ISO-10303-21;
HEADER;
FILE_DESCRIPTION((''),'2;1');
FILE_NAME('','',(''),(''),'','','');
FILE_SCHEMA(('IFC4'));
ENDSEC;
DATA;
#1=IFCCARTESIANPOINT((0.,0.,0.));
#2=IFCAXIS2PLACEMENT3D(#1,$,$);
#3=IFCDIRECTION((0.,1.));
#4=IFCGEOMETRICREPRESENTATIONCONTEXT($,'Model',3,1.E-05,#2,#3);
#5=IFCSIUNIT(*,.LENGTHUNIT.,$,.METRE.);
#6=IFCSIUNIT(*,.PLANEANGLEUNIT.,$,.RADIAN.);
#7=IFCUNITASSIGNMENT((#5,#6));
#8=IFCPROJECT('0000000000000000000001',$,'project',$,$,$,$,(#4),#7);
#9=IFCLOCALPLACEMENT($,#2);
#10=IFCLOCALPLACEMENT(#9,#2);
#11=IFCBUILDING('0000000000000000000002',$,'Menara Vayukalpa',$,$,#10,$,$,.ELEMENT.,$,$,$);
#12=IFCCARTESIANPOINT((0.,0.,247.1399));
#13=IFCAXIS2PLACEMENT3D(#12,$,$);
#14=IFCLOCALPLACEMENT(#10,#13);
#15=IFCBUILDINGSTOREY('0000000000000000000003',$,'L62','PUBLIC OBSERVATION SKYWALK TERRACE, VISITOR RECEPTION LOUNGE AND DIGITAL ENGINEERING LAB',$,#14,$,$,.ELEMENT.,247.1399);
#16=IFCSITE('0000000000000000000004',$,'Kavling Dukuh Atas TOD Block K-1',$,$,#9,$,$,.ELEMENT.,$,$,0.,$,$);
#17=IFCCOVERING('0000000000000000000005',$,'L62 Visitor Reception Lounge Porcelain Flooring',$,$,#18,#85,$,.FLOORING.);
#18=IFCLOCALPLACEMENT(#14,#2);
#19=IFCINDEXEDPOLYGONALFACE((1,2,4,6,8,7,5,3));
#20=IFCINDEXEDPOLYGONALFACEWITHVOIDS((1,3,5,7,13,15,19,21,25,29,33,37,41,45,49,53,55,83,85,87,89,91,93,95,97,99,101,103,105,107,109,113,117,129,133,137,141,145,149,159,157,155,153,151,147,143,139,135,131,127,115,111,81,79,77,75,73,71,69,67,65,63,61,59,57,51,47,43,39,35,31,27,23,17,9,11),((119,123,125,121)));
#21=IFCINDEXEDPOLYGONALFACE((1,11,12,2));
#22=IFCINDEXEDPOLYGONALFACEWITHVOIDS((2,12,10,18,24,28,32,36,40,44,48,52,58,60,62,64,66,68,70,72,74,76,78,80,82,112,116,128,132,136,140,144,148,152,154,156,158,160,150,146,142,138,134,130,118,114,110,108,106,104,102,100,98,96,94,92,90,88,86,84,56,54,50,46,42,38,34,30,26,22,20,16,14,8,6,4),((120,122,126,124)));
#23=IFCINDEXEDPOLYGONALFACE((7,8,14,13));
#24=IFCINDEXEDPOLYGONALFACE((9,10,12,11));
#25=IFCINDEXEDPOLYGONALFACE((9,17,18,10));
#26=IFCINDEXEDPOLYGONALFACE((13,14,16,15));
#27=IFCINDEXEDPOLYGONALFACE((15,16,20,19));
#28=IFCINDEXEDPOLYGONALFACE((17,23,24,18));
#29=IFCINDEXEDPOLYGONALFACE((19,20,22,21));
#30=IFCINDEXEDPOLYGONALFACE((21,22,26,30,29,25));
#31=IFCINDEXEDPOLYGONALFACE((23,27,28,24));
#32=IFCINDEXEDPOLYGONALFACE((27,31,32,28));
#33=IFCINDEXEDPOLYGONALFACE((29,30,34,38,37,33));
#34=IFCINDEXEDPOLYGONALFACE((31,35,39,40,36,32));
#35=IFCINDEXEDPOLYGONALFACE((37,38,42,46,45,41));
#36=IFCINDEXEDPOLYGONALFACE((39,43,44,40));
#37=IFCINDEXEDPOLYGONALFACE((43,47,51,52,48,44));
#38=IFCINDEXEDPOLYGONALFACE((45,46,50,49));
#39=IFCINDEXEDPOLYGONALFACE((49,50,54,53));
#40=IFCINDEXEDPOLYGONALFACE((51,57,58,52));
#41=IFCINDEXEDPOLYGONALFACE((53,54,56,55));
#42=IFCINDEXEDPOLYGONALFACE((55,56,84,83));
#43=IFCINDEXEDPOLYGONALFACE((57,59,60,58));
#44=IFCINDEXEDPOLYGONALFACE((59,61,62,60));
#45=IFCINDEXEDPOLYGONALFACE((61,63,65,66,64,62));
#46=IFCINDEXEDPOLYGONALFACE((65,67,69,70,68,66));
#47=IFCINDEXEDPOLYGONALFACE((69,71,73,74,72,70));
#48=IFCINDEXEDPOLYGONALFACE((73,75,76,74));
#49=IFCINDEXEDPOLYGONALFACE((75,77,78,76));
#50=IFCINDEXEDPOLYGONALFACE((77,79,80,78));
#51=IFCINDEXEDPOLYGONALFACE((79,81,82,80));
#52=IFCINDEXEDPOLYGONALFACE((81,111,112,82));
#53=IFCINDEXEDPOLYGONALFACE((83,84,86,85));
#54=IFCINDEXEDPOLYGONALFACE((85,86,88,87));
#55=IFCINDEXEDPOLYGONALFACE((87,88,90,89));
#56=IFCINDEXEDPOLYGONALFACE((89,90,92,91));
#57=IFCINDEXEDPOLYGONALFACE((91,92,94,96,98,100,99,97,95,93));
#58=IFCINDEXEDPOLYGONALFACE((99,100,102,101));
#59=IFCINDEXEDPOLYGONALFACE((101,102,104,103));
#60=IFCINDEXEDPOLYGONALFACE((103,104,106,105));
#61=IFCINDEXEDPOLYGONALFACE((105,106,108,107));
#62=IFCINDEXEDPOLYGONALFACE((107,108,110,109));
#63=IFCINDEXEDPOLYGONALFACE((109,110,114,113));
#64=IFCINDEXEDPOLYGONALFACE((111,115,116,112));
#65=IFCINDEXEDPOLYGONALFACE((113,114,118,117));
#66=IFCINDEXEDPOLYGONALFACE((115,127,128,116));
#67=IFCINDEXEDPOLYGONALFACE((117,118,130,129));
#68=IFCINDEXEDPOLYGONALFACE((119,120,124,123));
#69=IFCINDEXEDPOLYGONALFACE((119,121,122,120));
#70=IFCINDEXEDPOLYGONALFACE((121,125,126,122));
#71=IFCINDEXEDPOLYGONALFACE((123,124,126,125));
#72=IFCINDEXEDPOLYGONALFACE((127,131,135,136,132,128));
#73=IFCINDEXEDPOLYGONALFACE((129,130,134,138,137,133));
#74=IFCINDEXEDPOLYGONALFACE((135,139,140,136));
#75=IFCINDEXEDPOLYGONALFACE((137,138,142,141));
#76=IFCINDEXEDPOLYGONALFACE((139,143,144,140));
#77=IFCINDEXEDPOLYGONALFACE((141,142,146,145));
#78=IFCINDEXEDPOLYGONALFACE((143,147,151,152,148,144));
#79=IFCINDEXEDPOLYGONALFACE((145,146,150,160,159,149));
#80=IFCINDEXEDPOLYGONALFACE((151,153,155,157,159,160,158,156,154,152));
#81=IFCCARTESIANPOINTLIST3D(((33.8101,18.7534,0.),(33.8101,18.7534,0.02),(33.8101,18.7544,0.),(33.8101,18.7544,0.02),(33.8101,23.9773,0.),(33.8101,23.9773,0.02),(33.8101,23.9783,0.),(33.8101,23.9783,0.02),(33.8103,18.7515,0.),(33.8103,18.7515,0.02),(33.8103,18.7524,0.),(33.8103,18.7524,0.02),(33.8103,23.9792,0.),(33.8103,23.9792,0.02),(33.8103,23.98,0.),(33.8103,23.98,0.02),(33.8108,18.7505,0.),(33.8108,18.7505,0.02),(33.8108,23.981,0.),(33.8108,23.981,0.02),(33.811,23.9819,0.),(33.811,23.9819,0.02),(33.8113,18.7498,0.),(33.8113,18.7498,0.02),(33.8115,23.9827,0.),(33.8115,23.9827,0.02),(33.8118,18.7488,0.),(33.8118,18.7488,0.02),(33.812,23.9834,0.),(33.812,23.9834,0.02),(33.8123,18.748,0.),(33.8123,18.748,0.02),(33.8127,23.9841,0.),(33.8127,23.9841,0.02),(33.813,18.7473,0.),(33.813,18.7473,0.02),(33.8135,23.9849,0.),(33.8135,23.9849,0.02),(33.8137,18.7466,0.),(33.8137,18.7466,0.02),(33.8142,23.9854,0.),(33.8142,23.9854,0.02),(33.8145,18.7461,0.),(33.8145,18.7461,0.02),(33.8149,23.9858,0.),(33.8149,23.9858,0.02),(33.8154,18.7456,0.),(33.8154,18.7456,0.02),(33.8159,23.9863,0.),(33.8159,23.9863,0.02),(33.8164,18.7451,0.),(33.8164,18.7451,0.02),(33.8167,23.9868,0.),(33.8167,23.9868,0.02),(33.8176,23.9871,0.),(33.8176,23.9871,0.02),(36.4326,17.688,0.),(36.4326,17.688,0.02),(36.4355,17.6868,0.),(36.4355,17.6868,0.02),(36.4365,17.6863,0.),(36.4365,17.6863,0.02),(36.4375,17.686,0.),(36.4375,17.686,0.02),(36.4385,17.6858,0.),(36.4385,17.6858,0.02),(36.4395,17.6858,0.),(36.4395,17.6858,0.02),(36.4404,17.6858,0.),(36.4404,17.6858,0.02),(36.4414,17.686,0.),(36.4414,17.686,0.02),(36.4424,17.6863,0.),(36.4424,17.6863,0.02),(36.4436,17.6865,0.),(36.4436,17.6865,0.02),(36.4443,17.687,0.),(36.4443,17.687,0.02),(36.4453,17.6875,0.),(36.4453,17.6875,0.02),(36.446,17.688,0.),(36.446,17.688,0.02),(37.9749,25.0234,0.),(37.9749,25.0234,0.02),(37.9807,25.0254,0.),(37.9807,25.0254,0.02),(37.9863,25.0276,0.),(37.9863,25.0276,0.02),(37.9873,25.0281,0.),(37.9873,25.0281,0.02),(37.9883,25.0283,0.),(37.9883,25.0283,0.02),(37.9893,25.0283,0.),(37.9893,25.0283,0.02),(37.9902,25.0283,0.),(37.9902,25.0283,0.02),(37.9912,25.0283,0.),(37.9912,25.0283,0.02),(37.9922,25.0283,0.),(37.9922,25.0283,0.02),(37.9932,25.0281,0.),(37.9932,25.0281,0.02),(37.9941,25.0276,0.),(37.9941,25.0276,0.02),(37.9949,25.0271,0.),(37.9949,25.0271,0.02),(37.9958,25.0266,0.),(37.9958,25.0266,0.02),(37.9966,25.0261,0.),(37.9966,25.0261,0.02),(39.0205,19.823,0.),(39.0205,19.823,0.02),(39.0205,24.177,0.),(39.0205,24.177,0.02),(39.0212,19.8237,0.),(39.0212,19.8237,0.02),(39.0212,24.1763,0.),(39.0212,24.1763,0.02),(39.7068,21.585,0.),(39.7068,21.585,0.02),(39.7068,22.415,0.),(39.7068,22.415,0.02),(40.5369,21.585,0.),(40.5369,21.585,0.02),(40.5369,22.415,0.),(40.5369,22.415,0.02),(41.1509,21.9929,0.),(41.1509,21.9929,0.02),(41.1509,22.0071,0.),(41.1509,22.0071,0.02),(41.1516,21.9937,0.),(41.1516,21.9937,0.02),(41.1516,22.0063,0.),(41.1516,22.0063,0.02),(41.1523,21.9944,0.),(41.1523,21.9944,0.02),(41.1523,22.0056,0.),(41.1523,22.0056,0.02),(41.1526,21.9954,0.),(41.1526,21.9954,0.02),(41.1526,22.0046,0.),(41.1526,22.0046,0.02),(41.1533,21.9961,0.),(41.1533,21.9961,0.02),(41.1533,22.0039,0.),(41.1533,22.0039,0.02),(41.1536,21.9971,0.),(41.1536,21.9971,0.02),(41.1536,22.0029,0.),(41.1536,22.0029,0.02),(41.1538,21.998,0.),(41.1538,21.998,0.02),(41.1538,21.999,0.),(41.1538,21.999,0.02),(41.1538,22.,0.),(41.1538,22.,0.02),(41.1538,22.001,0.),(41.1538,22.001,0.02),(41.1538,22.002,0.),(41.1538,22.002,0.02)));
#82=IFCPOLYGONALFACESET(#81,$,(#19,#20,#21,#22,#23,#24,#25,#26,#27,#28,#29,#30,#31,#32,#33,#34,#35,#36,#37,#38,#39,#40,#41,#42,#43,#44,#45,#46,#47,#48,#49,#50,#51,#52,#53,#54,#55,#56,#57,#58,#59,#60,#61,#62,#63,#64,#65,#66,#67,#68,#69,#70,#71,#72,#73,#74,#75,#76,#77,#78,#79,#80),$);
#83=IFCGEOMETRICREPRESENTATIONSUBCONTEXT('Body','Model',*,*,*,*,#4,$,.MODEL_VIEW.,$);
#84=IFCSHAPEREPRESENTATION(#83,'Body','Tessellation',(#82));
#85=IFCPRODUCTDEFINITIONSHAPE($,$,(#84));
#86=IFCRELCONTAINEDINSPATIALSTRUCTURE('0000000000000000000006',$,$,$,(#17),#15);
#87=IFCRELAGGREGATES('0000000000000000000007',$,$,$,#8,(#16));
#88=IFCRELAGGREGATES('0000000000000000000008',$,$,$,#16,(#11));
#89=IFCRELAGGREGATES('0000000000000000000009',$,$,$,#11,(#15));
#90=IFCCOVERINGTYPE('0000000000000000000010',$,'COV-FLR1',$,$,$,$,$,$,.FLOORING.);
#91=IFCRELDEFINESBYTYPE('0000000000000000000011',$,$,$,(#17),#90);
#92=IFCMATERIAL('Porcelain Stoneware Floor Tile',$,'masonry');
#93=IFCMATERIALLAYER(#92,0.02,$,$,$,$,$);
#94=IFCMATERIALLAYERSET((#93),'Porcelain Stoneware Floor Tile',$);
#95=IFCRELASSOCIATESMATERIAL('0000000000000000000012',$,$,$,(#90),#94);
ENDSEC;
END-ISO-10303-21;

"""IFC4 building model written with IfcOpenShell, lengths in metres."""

from ifc_helpers import new_model, si_unit, direction, frame, origin, place, context, subcontext, project, spatial, polyline, outline, extrude, material, layer, layer_set, type_object, element, save


model = new_model("IFC4")

# Units and contexts
model_context = context("Model", 3, precision=1e-05, world=origin(), true_north=direction((0.0, 1.0)))
body_context = subcontext(model_context, "Body", "Model", "MODEL_VIEW")
ifc_project = project(units=[si_unit("LENGTHUNIT", "METRE"), si_unit("PLANEANGLEUNIT", "RADIAN")], contexts=[model_context])

# Site, building, storey
site_placement = place(None, origin())
site = spatial("IfcSite", under=ifc_project, at=site_placement, Name="Kavling Dukuh Atas TOD Block K-1", CompositionType="ELEMENT", RefElevation=0.0)
building_placement = place(site_placement, origin())
building = spatial("IfcBuilding", under=site, at=building_placement, Name="Menara Vayukalpa", CompositionType="ELEMENT")
storey_placement = place(building_placement, frame((0.0, 0.0, 247.1399)))
storey = spatial("IfcBuildingStorey", under=building, at=storey_placement, Name="L62", Description="PUBLIC OBSERVATION SKYWALK TERRACE, VISITOR RECEPTION LOUNGE AND DIGITAL ENGINEERING LAB", CompositionType="ELEMENT", Elevation=247.1399)

# Covering
ifc_material_1 = material(Name="Porcelain Stoneware Floor Tile", Category="masonry")
ifc_layer_1 = layer(ifc_material_1, 0.02)
ifc_layer_set_1 = layer_set([ifc_layer_1], Name="Porcelain Stoneware Floor Tile")
covering_type_1 = type_object("IfcCoveringType", Name="COV-FLR1", PredefinedType="FLOORING", material=ifc_layer_set_1)
covering_1_placement = place(storey_placement, origin())
element("IfcCovering", 1, at=covering_1_placement, inside=storey, type_object=covering_type_1, Name="L62 Visitor Reception Lounge Porcelain Flooring", PredefinedType="FLOORING", context=body_context, shape_type="SweptSolid", body=[
    extrude(outline(polyline([(41.1509, 22.0071), (41.1516, 22.0063), (41.1523, 22.0056), (41.1526, 22.0046), (41.1533, 22.0039), (41.1536, 22.0029), (41.1538, 22.002), (41.1538, 22.001), (41.1538, 22.0), (41.1538, 21.999), (41.1538, 21.998), (41.1536, 21.9971), (41.1533, 21.9961), (41.1526, 21.9954), (41.1523, 21.9944), (41.1516, 21.9937), (41.1509, 21.9929), (39.0212, 19.8237), (39.0205, 19.823), (36.446, 17.688), (36.4453, 17.6875), (36.4443, 17.687), (36.4436, 17.6865), (36.4424, 17.6863), (36.4414, 17.686), (36.4404, 17.6858), (36.4395, 17.6858), (36.4385, 17.6858), (36.4375, 17.686), (36.4365, 17.6863), (36.4355, 17.6868), (36.4326, 17.688), (33.8164, 18.7451), (33.8154, 18.7456), (33.8145, 18.7461), (33.8137, 18.7466), (33.813, 18.7473), (33.8123, 18.748), (33.8118, 18.7488), (33.8113, 18.7498), (33.8108, 18.7505), (33.8103, 18.7515), (33.8103, 18.7524), (33.8101, 18.7534), (33.8101, 18.7544), (33.8101, 23.9773), (33.8101, 23.9783), (33.8103, 23.9792), (33.8103, 23.98), (33.8108, 23.981), (33.811, 23.9819), (33.8115, 23.9827), (33.812, 23.9834), (33.8127, 23.9841), (33.8135, 23.9849), (33.8142, 23.9854), (33.8149, 23.9858), (33.8159, 23.9863), (33.8167, 23.9868), (33.8176, 23.9871), (37.9749, 25.0234), (37.9807, 25.0254), (37.9863, 25.0276), (37.9873, 25.0281), (37.9883, 25.0283), (37.9893, 25.0283), (37.9902, 25.0283), (37.9912, 25.0283), (37.9922, 25.0283), (37.9932, 25.0281), (37.9941, 25.0276), (37.9949, 25.0271), (37.9958, 25.0266), (37.9966, 25.0261), (39.0205, 24.177), (39.0212, 24.1763), (41.1509, 22.0071)]), holes=[polyline([(40.5369, 22.415), (39.7068, 22.415), (39.7068, 21.585), (40.5369, 21.585), (40.5369, 22.415)])]), origin(), (0.0, 0.0, 1.0), 0.02),
])

save(model, "model.ifc")
